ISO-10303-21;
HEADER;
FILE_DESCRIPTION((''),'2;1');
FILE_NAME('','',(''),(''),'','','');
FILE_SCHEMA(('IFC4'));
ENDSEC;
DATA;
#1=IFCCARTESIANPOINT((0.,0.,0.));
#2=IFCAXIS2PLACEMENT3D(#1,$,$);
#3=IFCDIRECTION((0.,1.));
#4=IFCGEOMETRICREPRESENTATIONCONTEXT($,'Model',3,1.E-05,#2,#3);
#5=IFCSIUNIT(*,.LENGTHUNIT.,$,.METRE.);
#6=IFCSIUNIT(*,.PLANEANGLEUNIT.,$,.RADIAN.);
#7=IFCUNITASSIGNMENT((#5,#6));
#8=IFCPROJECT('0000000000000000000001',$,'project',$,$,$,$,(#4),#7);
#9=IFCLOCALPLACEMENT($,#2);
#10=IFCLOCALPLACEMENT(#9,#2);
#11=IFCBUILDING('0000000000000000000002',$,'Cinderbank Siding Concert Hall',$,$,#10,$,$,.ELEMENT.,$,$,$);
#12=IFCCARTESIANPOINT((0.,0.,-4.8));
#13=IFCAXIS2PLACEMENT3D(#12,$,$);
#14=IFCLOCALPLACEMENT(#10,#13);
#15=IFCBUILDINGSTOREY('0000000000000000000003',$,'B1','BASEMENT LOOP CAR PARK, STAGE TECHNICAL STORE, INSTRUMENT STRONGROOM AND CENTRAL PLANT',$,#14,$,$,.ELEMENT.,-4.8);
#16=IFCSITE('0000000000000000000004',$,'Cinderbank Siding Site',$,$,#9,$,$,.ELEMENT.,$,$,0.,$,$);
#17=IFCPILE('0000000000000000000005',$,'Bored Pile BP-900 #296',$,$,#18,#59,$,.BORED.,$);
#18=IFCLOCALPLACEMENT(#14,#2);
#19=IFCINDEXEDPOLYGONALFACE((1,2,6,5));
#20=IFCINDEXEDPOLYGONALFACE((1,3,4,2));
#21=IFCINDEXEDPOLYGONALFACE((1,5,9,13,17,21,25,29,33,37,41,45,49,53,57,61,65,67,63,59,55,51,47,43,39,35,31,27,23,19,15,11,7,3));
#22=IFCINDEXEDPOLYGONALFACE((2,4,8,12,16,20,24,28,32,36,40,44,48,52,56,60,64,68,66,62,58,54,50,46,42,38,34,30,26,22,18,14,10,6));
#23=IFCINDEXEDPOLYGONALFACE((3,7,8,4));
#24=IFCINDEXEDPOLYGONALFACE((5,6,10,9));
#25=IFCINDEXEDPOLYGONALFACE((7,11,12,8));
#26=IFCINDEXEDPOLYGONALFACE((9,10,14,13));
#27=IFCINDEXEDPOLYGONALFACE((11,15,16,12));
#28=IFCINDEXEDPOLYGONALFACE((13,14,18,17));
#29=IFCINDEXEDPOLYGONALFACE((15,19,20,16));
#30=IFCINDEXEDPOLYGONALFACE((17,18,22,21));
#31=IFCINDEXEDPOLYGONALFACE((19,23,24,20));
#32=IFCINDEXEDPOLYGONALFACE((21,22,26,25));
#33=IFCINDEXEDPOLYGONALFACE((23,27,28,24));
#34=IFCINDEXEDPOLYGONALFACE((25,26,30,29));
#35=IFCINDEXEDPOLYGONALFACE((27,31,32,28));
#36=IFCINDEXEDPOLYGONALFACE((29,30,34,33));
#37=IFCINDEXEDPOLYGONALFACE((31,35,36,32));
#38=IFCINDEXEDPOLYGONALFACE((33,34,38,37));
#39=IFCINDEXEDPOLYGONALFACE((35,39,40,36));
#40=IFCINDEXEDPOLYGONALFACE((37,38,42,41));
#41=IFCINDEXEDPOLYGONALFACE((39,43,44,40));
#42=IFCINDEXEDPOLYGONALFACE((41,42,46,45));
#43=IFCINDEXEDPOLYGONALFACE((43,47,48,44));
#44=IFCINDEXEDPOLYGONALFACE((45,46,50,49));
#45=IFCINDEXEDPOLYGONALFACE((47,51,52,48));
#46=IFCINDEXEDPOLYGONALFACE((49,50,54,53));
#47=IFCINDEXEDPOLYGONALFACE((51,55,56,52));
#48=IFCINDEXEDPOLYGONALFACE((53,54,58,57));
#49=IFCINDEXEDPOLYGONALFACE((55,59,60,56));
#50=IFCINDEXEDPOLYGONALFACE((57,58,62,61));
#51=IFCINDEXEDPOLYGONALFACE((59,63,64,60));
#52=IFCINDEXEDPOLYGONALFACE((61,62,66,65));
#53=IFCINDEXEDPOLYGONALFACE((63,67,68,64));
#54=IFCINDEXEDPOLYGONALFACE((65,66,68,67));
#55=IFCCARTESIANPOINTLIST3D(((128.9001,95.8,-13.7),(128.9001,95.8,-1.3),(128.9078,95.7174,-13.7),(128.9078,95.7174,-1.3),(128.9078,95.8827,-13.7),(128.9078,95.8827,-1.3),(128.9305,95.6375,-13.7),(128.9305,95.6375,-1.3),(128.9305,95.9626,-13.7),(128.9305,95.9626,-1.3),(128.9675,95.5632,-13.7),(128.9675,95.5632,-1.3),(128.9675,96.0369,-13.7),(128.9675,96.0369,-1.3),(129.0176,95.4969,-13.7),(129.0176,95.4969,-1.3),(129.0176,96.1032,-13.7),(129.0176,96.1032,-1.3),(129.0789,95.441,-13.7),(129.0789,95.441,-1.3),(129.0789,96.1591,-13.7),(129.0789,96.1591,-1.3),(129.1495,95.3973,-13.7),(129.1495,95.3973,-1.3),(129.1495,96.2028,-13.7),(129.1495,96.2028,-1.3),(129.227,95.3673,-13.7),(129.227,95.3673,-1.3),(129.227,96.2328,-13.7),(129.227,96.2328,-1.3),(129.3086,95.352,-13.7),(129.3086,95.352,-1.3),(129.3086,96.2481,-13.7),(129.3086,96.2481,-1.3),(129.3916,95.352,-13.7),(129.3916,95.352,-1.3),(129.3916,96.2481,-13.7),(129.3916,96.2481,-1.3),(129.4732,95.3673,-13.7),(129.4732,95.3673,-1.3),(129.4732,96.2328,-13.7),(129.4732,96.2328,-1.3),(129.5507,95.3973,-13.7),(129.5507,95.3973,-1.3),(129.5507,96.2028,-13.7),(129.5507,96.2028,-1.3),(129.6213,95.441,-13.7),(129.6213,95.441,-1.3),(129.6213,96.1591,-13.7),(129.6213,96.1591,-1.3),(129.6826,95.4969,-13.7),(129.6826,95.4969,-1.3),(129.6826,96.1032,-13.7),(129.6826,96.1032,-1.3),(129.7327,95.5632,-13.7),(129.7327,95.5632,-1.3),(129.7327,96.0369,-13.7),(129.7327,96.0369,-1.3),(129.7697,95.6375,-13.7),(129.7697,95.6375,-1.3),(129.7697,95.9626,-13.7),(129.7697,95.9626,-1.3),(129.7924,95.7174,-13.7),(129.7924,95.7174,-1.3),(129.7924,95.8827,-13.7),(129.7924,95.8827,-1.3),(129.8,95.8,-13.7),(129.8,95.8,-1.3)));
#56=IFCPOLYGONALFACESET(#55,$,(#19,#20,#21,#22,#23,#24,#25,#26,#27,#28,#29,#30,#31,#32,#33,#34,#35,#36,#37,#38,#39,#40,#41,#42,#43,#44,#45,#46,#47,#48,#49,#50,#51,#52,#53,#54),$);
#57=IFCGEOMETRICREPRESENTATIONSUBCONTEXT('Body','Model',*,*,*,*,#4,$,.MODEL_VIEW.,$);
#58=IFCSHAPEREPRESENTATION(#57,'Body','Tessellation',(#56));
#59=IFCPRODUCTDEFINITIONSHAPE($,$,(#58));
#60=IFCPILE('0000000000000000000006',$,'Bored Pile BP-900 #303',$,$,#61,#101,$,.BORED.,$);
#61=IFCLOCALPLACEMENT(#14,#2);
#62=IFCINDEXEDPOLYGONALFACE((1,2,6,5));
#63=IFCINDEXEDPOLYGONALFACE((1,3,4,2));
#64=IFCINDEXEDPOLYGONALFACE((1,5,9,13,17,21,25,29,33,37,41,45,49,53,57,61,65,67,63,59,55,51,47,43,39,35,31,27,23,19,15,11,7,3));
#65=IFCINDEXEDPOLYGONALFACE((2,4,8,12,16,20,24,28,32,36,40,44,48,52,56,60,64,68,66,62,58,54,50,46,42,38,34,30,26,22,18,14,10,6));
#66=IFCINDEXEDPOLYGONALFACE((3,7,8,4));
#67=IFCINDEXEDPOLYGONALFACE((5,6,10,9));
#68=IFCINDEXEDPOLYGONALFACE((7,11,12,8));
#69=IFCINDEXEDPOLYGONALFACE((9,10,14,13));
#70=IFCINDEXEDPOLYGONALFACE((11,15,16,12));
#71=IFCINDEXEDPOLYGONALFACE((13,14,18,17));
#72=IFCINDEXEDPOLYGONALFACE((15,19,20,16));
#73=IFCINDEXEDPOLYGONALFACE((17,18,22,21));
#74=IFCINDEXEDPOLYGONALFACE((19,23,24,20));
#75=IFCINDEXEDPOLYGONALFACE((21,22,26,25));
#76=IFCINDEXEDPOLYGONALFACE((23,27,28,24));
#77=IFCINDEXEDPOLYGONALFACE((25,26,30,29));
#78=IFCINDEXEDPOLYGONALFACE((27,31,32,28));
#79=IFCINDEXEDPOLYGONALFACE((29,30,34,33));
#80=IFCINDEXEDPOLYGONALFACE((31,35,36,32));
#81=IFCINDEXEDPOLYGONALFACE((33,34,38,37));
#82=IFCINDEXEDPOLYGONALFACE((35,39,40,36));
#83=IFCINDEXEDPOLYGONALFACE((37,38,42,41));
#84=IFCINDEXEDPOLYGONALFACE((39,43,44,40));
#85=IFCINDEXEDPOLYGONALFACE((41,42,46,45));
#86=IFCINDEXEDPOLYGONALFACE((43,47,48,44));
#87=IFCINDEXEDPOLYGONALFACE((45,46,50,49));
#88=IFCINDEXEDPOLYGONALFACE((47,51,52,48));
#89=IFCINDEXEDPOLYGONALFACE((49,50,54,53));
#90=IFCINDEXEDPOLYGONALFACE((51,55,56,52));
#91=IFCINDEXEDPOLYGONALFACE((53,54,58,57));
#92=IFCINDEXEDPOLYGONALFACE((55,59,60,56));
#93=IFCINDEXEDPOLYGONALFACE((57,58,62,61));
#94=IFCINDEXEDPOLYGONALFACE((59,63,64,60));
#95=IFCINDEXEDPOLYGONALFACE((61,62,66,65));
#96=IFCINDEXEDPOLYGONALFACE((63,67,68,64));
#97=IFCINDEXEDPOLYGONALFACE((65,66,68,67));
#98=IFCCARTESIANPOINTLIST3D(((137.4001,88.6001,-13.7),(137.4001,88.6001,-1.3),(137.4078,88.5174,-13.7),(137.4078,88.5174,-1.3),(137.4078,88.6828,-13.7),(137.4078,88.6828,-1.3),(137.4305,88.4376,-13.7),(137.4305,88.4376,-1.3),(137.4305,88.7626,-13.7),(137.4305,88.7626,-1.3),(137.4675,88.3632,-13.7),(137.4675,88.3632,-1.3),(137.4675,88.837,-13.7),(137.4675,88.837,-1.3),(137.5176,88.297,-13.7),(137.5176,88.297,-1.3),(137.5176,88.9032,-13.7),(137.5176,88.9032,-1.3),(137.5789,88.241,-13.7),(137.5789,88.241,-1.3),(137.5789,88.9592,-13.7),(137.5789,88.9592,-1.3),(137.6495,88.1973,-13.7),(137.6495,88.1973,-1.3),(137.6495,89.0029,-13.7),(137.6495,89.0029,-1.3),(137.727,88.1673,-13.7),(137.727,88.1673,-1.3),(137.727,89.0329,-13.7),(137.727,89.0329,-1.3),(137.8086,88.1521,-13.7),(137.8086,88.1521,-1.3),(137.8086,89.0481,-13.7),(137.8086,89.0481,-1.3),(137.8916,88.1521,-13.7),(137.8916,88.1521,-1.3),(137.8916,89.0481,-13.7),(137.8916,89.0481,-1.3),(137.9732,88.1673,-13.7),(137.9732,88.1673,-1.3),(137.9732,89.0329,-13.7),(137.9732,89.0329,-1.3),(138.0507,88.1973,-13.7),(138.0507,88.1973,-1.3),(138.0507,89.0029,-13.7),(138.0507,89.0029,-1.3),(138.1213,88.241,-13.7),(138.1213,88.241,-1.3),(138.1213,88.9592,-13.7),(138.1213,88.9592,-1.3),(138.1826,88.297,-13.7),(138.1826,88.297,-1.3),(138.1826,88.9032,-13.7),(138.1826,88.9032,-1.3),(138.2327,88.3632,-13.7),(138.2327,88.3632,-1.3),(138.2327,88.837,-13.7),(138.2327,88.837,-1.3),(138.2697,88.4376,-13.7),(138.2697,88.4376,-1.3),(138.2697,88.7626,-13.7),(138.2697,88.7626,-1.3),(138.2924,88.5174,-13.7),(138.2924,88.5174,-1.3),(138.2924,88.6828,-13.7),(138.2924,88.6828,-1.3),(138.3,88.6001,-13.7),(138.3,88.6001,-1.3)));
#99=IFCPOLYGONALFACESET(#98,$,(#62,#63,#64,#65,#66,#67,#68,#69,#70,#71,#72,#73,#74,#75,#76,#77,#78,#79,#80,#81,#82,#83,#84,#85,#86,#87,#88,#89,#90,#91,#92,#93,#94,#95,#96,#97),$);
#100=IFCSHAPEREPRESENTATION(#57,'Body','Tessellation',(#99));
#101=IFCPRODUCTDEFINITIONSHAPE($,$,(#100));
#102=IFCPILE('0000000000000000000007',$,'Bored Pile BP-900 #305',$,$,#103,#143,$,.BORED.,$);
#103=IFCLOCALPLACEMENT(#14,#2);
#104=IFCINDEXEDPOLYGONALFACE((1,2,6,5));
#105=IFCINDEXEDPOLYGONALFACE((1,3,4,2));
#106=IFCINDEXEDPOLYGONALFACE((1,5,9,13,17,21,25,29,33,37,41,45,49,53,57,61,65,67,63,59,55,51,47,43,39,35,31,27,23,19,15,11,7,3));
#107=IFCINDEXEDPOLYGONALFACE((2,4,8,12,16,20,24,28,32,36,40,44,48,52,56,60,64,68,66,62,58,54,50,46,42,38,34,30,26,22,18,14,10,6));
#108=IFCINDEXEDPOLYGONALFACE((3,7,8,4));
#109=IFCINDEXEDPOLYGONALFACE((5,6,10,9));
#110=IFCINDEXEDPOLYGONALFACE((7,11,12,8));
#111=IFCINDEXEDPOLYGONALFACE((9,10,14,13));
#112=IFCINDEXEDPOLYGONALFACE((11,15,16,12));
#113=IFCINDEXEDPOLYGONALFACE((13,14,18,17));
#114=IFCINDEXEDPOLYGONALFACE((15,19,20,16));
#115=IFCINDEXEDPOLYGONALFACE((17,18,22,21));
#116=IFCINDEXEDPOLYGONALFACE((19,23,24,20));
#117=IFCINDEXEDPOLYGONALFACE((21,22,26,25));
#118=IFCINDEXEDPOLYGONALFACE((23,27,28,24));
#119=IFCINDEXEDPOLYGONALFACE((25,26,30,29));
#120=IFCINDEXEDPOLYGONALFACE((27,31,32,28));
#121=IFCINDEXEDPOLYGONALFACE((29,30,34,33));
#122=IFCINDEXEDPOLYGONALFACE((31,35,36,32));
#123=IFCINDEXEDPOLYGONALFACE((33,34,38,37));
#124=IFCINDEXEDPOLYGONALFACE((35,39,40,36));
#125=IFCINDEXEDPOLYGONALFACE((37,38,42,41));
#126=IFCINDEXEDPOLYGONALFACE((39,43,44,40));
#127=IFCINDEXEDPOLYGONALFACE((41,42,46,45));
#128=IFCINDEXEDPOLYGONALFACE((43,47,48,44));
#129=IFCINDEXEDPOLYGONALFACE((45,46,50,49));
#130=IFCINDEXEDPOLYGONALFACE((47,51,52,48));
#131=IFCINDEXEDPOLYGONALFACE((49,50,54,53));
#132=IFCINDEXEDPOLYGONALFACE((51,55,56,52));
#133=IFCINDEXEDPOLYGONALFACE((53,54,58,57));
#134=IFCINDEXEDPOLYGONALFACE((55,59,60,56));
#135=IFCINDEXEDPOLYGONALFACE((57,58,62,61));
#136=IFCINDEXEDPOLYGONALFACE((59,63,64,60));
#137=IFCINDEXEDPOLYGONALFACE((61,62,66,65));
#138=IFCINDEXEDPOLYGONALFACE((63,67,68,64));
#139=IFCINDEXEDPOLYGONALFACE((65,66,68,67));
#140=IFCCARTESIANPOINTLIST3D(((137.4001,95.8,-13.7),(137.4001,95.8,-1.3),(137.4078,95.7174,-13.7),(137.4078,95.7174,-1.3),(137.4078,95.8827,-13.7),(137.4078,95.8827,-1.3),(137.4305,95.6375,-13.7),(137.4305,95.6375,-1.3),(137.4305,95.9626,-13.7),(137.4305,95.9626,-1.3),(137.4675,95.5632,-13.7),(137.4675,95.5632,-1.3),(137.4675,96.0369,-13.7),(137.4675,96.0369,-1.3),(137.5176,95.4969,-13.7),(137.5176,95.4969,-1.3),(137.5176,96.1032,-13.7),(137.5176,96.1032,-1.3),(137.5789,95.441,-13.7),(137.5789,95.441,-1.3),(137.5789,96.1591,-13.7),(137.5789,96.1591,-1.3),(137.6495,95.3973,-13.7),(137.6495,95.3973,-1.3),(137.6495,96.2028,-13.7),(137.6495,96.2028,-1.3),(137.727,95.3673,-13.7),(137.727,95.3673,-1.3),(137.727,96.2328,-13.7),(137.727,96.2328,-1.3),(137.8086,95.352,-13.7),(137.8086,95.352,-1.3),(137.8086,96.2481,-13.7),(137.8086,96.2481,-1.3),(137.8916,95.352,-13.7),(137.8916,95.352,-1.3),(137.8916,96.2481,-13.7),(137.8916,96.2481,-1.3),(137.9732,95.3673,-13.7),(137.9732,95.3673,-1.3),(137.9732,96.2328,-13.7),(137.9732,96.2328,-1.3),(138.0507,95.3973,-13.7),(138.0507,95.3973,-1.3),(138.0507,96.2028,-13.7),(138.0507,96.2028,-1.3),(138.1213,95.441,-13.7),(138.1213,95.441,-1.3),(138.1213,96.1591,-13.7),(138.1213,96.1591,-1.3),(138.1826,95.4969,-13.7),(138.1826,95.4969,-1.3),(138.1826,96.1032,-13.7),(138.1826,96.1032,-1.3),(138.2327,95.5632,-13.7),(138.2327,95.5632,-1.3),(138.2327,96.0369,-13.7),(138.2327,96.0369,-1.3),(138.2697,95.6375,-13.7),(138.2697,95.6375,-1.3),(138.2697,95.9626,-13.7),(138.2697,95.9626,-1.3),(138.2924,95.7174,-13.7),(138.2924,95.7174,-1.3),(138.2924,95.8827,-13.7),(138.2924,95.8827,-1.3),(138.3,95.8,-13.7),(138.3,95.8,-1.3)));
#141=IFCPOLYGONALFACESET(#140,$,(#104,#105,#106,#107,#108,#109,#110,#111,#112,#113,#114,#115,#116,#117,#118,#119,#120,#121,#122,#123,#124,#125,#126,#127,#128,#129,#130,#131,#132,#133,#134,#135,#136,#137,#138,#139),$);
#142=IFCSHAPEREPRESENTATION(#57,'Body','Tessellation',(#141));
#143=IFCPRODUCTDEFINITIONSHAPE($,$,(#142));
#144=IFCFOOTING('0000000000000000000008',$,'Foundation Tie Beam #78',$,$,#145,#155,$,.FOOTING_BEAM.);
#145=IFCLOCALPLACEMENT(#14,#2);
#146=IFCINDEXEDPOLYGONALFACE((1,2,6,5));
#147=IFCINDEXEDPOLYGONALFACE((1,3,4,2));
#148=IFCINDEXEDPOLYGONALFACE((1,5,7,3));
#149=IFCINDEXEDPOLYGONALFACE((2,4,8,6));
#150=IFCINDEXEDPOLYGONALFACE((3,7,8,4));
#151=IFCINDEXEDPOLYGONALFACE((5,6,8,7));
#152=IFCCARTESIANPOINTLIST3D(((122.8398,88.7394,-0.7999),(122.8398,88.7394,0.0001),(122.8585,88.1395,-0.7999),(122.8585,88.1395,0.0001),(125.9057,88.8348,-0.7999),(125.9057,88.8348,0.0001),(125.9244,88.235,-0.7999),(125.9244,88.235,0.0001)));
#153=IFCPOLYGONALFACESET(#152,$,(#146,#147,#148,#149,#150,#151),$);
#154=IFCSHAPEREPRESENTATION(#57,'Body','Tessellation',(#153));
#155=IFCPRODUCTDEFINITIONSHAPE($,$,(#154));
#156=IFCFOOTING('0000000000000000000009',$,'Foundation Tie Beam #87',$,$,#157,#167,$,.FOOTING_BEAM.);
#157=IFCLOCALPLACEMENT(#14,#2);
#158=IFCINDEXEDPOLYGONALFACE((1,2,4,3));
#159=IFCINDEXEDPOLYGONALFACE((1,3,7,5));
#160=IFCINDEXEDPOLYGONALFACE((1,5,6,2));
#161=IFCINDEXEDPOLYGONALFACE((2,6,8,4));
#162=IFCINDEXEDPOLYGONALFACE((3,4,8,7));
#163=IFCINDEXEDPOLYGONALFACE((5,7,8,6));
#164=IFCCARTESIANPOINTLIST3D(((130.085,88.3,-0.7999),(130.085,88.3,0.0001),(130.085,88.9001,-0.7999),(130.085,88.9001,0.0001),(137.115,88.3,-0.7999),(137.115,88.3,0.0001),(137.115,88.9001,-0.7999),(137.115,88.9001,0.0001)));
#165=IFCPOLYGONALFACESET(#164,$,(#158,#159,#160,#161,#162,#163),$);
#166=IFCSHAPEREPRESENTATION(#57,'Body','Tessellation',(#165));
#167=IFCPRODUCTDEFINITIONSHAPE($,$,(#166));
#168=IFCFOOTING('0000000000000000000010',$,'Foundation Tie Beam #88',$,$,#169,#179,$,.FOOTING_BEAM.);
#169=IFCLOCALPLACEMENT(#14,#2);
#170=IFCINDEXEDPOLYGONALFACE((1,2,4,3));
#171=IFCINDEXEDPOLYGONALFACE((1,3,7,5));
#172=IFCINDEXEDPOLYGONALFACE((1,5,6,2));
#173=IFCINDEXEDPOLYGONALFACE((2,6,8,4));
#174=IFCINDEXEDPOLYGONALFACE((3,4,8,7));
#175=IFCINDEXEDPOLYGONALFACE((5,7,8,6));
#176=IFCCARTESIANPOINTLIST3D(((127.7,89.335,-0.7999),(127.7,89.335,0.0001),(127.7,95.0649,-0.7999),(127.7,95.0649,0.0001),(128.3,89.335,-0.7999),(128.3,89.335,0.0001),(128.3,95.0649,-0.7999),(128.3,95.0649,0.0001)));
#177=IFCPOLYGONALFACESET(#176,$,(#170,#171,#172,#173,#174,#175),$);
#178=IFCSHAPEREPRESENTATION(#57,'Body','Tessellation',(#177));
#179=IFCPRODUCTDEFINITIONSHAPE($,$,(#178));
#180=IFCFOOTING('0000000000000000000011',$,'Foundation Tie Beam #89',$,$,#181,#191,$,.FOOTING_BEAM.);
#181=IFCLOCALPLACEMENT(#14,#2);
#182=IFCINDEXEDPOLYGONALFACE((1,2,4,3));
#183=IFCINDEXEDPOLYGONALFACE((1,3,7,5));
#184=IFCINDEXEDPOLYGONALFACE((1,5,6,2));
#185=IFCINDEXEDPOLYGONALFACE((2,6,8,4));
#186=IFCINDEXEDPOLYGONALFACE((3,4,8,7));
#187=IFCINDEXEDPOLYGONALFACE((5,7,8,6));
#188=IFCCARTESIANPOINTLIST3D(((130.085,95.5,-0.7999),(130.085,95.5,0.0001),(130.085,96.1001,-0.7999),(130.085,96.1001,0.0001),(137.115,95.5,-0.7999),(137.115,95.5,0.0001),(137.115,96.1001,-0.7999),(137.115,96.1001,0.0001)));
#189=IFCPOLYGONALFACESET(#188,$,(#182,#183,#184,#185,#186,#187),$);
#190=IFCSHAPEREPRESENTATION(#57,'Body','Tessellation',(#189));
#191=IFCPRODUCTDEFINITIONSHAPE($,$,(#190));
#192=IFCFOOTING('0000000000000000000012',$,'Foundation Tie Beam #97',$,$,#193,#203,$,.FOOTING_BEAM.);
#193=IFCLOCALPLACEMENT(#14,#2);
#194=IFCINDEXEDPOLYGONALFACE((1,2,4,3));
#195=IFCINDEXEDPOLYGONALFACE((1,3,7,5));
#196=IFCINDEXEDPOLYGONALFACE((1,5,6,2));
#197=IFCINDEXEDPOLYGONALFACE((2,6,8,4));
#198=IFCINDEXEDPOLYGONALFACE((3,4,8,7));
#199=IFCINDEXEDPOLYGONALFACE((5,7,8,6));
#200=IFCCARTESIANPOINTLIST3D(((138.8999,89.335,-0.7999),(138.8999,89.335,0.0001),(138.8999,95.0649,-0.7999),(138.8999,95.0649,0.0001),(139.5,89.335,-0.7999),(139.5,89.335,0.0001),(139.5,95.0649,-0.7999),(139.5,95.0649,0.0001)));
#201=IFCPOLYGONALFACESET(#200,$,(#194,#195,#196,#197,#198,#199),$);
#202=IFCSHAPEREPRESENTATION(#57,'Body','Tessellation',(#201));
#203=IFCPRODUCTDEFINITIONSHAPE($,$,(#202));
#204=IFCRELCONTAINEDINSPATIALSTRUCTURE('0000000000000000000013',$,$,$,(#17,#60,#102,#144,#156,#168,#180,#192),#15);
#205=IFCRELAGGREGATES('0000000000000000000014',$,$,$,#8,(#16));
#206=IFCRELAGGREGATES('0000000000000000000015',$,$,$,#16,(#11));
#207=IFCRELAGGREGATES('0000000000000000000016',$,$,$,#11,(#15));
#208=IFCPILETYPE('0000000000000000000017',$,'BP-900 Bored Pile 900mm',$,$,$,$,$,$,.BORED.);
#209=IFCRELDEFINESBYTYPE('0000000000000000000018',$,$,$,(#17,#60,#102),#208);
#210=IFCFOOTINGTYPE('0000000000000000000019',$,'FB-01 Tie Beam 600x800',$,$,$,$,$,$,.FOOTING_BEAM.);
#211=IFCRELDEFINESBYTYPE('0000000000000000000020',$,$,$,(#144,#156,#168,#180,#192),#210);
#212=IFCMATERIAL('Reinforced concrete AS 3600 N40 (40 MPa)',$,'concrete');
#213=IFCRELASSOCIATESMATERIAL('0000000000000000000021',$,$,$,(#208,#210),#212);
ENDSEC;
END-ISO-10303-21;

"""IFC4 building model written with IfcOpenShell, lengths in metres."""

from ifc_helpers import new_model, si_unit, direction, frame, origin, origin_2d, place, context, subcontext, project, spatial, rectangle, circle, extrude, material, material_profile, profile_set, type_object, element, save


model = new_model("IFC4")

# Units and contexts
model_context = context("Model", 3, precision=1e-05, world=origin(), true_north=direction((0.0, 1.0)))
body_context = subcontext(model_context, "Body", "Model", "MODEL_VIEW")
ifc_project = project(units=[si_unit("LENGTHUNIT", "METRE"), si_unit("PLANEANGLEUNIT", "RADIAN")], contexts=[model_context])

# Site, building, storey
site_placement = place(None, origin())
site = spatial("IfcSite", under=ifc_project, at=site_placement, Name="Cinderbank Siding Site", CompositionType="ELEMENT", RefElevation=0.0)
building_placement = place(site_placement, origin())
building = spatial("IfcBuilding", under=site, at=building_placement, Name="Cinderbank Siding Concert Hall", CompositionType="ELEMENT")
storey_placement = place(building_placement, frame((0.0, 0.0, -4.8)))
storey = spatial("IfcBuildingStorey", under=building, at=storey_placement, Name="B1", Description="BASEMENT LOOP CAR PARK, STAGE TECHNICAL STORE, INSTRUMENT STRONGROOM AND CENTRAL PLANT", CompositionType="ELEMENT", Elevation=-4.8)

# Piles
ifc_material_1 = material(Name="Reinforced concrete AS 3600 N40 (40 MPa)", Category="concrete")
ifc_material_profile_1 = material_profile(ifc_material_1, circle(Radius=0.45, at=origin_2d()), Name="PILE-900DIA", Category="LoadBearing")
ifc_profile_set_1 = profile_set([ifc_material_profile_1], Name="Reinforced concrete AS 3600 N40 (40 MPa)")
pile_type_1 = type_object("IfcPileType", Name="BP-900 Bored Pile 900mm", PredefinedType="BORED", material=ifc_profile_set_1)
for number, where, z_axis, x_axis, name in (
    (1, (129.3501, 95.8, -1.3), (0.0, 0.0, -1.0), (1.0, 0.0, 0.0), "Bored Pile BP-900 #296"),
    (2, (137.8501, 88.6001, -1.3), (0.0, 0.0, -1.0), (1.0, 0.0, 0.0), "Bored Pile BP-900 #303"),
    (3, (137.8501, 95.8, -1.3), (0.0, 0.0, -1.0), (1.0, 0.0, 0.0), "Bored Pile BP-900 #305"),
):
    element("IfcPile", number, at=place(storey_placement, frame(where, z_axis=z_axis, x_axis=x_axis)), inside=storey, type_object=pile_type_1, Name=name, PredefinedType="BORED", context=body_context, shape_type="SweptSolid", body=[
        extrude(circle(Radius=0.45, at=origin_2d()), origin(), (0.0, 0.0, 1.0), 12.3999),
    ])

# Footings
ifc_material_profile_2 = material_profile(ifc_material_1, rectangle(XDim=0.6001, YDim=0.8, at=origin_2d()), Name="RC-FB-600x800", Category="LoadBearing")
ifc_profile_set_2 = profile_set([ifc_material_profile_2], Name="Reinforced concrete AS 3600 N40 (40 MPa)")
footing_type_1 = type_object("IfcFootingType", Name="FB-01 Tie Beam 600x800", PredefinedType="FOOTING_BEAM", material=ifc_profile_set_2)
footing_1_placement = place(storey_placement, frame((122.8491, 88.4395, -0.3999), z_axis=(0.999516, 0.03112, 0.0), x_axis=(-0.03112, 0.999516, 0.0)))
element("IfcFooting", 4, at=footing_1_placement, inside=storey, type_object=footing_type_1, Name="Foundation Tie Beam #78", PredefinedType="FOOTING_BEAM", context=body_context, shape_type="SweptSolid", body=[
    extrude(rectangle(XDim=0.6001, YDim=0.8, at=origin_2d()), origin(), (0.0, 0.0, 1.0), 3.0674),
])
footing_2_placement = place(storey_placement, frame((130.085, 88.6001, -0.3999), z_axis=(1.0, 0.0, 0.0), x_axis=(0.0, 1.0, 0.0)))
element("IfcFooting", 5, at=footing_2_placement, inside=storey, type_object=footing_type_1, Name="Foundation Tie Beam #87", PredefinedType="FOOTING_BEAM", context=body_context, shape_type="SweptSolid", body=[
    extrude(rectangle(XDim=0.6001, YDim=0.8, at=origin_2d()), origin(), (0.0, 0.0, 1.0), 7.03),
])
footing_3_placement = place(storey_placement, frame((128.0, 89.335, -0.3999), z_axis=(0.0, 1.0, 0.0), x_axis=(-1.0, 0.0, 0.0)))
element("IfcFooting", 6, at=footing_3_placement, inside=storey, type_object=footing_type_1, Name="Foundation Tie Beam #88", PredefinedType="FOOTING_BEAM", context=body_context, shape_type="SweptSolid", body=[
    extrude(rectangle(XDim=0.6001, YDim=0.8, at=origin_2d()), origin(), (0.0, 0.0, 1.0), 5.73),
])
footing_4_placement = place(storey_placement, frame((130.085, 95.8, -0.3999), z_axis=(1.0, 0.0, 0.0), x_axis=(0.0, 1.0, 0.0)))
element("IfcFooting", 7, at=footing_4_placement, inside=storey, type_object=footing_type_1, Name="Foundation Tie Beam #89", PredefinedType="FOOTING_BEAM", context=body_context, shape_type="SweptSolid", body=[
    extrude(rectangle(XDim=0.6001, YDim=0.8, at=origin_2d()), origin(), (0.0, 0.0, 1.0), 7.03),
])
footing_5_placement = place(storey_placement, frame((139.2, 89.335, -0.3999), z_axis=(0.0, 1.0, 0.0), x_axis=(-1.0, 0.0, 0.0)))
element("IfcFooting", 8, at=footing_5_placement, inside=storey, type_object=footing_type_1, Name="Foundation Tie Beam #97", PredefinedType="FOOTING_BEAM", context=body_context, shape_type="SweptSolid", body=[
    extrude(rectangle(XDim=0.6001, YDim=0.8, at=origin_2d()), origin(), (0.0, 0.0, 1.0), 5.73),
])

save(model, "model.ifc")
